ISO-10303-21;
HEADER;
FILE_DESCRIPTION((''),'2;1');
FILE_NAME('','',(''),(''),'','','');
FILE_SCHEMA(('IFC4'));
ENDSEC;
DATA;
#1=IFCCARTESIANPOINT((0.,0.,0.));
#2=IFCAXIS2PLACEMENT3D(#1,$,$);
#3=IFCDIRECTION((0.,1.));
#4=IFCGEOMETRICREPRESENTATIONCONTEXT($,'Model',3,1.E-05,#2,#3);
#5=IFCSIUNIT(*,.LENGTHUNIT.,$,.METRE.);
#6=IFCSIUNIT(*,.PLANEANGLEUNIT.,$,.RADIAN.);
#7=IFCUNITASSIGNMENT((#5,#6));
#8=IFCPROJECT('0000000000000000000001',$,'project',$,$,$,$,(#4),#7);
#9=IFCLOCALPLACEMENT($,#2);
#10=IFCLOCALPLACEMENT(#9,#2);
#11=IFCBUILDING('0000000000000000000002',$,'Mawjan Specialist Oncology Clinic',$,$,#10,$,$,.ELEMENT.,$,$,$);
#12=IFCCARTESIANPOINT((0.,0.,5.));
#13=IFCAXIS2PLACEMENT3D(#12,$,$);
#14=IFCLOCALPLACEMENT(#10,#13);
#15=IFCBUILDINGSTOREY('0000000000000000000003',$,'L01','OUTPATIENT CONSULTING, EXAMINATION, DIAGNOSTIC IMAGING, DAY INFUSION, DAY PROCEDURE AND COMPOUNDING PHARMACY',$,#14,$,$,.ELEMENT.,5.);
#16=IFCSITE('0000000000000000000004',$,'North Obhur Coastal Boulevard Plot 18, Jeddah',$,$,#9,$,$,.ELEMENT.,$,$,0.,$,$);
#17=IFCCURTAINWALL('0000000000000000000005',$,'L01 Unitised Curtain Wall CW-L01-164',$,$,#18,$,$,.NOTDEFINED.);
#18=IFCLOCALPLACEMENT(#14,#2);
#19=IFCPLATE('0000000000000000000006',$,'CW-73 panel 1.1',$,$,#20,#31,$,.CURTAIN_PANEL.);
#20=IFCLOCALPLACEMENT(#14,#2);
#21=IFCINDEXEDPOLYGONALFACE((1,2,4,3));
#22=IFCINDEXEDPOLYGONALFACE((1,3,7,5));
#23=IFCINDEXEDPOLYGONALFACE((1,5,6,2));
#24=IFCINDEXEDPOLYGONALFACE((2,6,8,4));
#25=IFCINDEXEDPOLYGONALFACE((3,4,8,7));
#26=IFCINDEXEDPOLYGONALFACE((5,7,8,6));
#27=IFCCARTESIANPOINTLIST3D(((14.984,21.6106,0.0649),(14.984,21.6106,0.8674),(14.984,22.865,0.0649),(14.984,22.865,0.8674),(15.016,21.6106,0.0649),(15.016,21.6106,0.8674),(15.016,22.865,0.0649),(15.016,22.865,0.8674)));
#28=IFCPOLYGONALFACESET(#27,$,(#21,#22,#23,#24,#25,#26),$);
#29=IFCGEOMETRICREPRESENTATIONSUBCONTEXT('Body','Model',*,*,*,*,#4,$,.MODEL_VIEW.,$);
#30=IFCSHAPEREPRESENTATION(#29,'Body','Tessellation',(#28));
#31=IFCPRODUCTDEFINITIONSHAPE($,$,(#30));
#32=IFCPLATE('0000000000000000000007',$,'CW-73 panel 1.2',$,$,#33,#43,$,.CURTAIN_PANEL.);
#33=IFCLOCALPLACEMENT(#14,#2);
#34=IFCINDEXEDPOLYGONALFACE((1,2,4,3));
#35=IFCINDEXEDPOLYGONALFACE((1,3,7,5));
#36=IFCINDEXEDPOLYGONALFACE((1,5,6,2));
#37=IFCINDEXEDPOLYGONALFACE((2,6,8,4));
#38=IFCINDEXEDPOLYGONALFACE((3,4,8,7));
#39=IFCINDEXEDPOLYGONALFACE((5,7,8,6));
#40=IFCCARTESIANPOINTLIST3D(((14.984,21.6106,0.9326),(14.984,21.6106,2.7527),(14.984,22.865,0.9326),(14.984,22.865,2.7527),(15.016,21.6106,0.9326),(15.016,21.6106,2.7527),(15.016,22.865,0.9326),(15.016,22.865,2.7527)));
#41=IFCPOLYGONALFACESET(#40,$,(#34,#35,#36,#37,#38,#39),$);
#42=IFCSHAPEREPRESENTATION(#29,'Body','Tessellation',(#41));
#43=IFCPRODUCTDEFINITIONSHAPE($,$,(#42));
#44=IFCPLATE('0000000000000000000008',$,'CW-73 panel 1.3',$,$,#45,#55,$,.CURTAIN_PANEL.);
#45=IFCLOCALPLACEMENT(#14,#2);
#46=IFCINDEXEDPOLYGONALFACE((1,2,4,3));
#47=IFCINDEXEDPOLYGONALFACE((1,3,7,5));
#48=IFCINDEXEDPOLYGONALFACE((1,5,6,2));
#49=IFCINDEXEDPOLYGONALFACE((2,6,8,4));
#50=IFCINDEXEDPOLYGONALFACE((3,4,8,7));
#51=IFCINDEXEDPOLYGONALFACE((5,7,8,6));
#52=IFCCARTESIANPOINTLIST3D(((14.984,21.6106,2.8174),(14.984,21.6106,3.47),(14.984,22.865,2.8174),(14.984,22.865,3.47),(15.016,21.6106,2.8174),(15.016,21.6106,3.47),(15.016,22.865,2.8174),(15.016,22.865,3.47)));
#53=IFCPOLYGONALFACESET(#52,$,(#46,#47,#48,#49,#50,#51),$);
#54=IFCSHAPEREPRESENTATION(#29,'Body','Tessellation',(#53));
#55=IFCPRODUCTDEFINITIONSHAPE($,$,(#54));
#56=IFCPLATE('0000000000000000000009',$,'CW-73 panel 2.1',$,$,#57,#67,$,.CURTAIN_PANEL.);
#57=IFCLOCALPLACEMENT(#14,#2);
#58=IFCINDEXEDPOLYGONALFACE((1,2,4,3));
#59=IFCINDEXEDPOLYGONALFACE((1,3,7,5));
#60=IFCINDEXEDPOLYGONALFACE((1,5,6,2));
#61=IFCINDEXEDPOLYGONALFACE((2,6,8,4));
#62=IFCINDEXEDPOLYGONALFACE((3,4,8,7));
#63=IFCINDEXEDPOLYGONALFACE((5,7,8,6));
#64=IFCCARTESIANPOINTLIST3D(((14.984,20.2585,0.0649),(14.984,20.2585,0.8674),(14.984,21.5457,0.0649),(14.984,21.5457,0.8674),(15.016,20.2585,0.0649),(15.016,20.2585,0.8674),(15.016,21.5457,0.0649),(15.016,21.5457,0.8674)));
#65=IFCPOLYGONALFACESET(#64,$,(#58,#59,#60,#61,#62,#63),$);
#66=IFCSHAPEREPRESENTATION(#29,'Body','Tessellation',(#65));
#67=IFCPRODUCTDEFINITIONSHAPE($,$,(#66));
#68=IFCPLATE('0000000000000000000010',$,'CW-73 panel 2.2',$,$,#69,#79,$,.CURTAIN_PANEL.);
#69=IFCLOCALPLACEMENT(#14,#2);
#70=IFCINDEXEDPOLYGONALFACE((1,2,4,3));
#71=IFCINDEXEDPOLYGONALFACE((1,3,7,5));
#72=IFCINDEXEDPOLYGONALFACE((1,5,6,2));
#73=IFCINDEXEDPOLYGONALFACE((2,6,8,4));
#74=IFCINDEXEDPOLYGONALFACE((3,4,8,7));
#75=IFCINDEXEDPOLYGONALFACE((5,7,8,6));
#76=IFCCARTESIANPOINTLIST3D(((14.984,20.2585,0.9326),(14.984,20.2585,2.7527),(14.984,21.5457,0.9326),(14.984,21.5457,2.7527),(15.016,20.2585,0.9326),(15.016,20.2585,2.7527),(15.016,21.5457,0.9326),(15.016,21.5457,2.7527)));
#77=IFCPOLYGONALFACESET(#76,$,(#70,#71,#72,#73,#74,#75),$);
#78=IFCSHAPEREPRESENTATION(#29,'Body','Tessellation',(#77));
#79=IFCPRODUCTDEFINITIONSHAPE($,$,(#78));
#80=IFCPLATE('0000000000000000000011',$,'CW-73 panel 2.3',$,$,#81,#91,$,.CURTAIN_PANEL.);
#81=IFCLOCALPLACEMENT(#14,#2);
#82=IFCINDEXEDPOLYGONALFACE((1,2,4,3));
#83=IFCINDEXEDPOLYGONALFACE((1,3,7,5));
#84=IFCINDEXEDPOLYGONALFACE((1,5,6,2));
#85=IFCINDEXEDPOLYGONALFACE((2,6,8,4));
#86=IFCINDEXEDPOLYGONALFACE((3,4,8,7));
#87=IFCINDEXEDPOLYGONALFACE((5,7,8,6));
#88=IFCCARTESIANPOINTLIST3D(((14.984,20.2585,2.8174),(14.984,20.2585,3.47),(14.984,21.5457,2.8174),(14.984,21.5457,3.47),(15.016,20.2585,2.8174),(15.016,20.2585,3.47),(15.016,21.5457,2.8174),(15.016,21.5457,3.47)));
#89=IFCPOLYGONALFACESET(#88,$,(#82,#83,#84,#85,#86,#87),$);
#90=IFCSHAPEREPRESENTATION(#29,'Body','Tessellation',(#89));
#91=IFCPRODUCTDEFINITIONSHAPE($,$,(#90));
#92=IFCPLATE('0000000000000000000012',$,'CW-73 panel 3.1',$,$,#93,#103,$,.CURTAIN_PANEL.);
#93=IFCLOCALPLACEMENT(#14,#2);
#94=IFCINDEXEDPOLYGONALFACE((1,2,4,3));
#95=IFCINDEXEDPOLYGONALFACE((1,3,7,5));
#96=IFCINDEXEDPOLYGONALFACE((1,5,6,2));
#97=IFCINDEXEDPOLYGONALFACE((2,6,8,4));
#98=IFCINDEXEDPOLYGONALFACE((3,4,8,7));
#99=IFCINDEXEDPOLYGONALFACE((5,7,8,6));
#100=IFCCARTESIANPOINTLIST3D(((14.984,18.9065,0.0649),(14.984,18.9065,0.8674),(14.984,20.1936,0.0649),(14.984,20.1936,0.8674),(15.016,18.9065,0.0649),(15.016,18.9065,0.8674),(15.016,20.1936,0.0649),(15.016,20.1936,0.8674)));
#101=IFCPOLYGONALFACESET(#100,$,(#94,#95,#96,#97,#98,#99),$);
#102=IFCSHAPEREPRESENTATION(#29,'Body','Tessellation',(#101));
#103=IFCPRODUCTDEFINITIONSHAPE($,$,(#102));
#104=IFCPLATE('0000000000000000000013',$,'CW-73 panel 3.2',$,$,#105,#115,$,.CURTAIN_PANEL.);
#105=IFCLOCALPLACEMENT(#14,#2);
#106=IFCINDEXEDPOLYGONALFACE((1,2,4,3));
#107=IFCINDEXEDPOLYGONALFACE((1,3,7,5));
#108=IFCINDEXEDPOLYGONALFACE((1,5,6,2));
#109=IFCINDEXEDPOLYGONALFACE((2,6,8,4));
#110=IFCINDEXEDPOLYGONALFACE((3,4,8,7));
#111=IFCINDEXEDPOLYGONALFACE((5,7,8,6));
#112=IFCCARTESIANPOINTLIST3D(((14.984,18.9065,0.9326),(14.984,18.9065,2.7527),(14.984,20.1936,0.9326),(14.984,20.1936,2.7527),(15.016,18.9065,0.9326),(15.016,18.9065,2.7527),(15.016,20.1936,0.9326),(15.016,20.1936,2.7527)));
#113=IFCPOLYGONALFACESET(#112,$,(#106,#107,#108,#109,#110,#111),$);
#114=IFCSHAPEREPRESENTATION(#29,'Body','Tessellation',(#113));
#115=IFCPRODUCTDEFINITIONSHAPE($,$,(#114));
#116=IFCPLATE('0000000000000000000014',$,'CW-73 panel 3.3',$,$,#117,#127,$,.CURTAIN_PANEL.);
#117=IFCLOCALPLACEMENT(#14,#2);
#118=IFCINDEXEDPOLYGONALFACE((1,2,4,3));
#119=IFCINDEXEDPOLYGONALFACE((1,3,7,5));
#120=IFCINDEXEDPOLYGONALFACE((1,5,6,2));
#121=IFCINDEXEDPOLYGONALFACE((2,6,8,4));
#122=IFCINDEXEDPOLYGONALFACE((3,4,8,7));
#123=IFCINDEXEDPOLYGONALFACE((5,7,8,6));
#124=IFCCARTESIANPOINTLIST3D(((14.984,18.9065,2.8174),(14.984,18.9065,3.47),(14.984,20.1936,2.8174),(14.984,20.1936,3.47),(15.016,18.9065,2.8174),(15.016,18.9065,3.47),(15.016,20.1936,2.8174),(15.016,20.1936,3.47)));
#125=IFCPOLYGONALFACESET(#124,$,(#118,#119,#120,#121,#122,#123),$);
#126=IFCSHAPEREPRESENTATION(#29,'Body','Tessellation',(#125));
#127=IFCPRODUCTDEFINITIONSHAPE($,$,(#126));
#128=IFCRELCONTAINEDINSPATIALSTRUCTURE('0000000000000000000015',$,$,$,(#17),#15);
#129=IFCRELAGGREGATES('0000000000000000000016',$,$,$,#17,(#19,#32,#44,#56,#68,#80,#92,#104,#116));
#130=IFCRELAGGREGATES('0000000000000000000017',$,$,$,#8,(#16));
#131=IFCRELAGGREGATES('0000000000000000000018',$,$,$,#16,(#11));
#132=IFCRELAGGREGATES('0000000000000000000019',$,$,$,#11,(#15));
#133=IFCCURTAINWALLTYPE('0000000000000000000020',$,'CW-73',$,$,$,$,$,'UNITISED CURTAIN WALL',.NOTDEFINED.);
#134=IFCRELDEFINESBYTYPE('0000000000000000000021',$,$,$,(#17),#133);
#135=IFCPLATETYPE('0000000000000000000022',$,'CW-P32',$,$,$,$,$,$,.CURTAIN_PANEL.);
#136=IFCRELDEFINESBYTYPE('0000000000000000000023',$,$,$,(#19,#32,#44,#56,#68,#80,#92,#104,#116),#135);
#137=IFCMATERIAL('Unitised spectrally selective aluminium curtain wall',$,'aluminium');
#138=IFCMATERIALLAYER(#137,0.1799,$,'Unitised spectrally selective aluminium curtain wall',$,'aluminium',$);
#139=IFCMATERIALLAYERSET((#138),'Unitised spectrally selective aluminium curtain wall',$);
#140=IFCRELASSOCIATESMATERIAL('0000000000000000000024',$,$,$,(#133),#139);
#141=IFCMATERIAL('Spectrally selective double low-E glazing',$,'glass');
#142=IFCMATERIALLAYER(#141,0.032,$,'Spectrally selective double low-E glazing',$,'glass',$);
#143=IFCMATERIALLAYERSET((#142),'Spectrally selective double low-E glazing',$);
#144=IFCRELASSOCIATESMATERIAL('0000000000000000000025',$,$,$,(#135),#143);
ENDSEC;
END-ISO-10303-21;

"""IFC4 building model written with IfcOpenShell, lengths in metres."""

from ifc_helpers import new_model, si_unit, direction, frame, origin, origin_2d, place, context, subcontext, project, spatial, rectangle, extrude, material, layer, layer_set, type_object, element, aggregate, save


model = new_model("IFC4")

# Units and contexts
model_context = context("Model", 3, precision=1e-05, world=origin(), true_north=direction((0.0, 1.0)))
body_context = subcontext(model_context, "Body", "Model", "MODEL_VIEW")
ifc_project = project(units=[si_unit("LENGTHUNIT", "METRE"), si_unit("PLANEANGLEUNIT", "RADIAN")], contexts=[model_context])

# Site, building, storey
site_placement = place(None, origin())
site = spatial("IfcSite", under=ifc_project, at=site_placement, Name="North Obhur Coastal Boulevard Plot 18, Jeddah", CompositionType="ELEMENT", RefElevation=0.0)
building_placement = place(site_placement, origin())
building = spatial("IfcBuilding", under=site, at=building_placement, Name="Mawjan Specialist Oncology Clinic", CompositionType="ELEMENT")
storey_placement = place(building_placement, frame((0.0, 0.0, 5.0)))
storey = spatial("IfcBuildingStorey", under=building, at=storey_placement, Name="L01", Description="OUTPATIENT CONSULTING, EXAMINATION, DIAGNOSTIC IMAGING, DAY INFUSION, DAY PROCEDURE AND COMPOUNDING PHARMACY", CompositionType="ELEMENT", Elevation=5.0)

# Shared definitions
ifc_material_1 = material(Name="Unitised spectrally selective aluminium curtain wall", Category="aluminium")
ifc_layer_1 = layer(ifc_material_1, 0.1799, Name="Unitised spectrally selective aluminium curtain wall", Category="aluminium")
ifc_layer_set_1 = layer_set([ifc_layer_1], Name="Unitised spectrally selective aluminium curtain wall")
curtain_wall_type = type_object("IfcCurtainWallType", Name="CW-73", ElementType="UNITISED CURTAIN WALL", PredefinedType="NOTDEFINED", material=ifc_layer_set_1)

# Curtain wall
curtain_wall_1_placement = place(storey_placement, origin())
curtain_wall_1 = element("IfcCurtainWall", 1, at=curtain_wall_1_placement, inside=storey, type_object=curtain_wall_type, Name="L01 Unitised Curtain Wall CW-L01-164", PredefinedType="NOTDEFINED")

# Plates
ifc_material_2 = material(Name="Spectrally selective double low-E glazing", Category="glass")
ifc_layer_2 = layer(ifc_material_2, 0.032, Name="Spectrally selective double low-E glazing", Category="glass")
ifc_layer_set_2 = layer_set([ifc_layer_2], Name="Spectrally selective double low-E glazing")
plate_type = type_object("IfcPlateType", Name="CW-P32", PredefinedType="CURTAIN_PANEL", material=ifc_layer_set_2)
plate_1_placement = place(storey_placement, frame((15.0, 22.2378, 0.0649), z_axis=(0.0, 0.0, 1.0), x_axis=(0.0, -1.0, 0.0)))
plate_1 = element("IfcPlate", 2, at=plate_1_placement, type_object=plate_type, Name="CW-73 panel 1.1", PredefinedType="CURTAIN_PANEL", context=body_context, shape_type="SweptSolid", body=[
    extrude(rectangle(XDim=1.2544, YDim=0.032, at=origin_2d()), origin(), (0.0, 0.0, 1.0), 0.8025),
])
plate_2_placement = place(storey_placement, frame((15.0, 22.2378, 0.9326), z_axis=(0.0, 0.0, 1.0), x_axis=(0.0, -1.0, 0.0)))
plate_2 = element("IfcPlate", 3, at=plate_2_placement, type_object=plate_type, Name="CW-73 panel 1.2", PredefinedType="CURTAIN_PANEL", context=body_context, shape_type="SweptSolid", body=[
    extrude(rectangle(XDim=1.2544, YDim=0.032, at=origin_2d()), origin(), (0.0, 0.0, 1.0), 1.8201),
])
plate_3_placement = place(storey_placement, frame((15.0, 22.2378, 2.8174), z_axis=(0.0, 0.0, 1.0), x_axis=(0.0, -1.0, 0.0)))
plate_3 = element("IfcPlate", 4, at=plate_3_placement, type_object=plate_type, Name="CW-73 panel 1.3", PredefinedType="CURTAIN_PANEL", context=body_context, shape_type="SweptSolid", body=[
    extrude(rectangle(XDim=1.2544, YDim=0.032, at=origin_2d()), origin(), (0.0, 0.0, 1.0), 0.6526),
])
plate_4_placement = place(storey_placement, frame((15.0, 20.9021, 0.0649), z_axis=(0.0, 0.0, 1.0), x_axis=(0.0, -1.0, 0.0)))
plate_4 = element("IfcPlate", 5, at=plate_4_placement, type_object=plate_type, Name="CW-73 panel 2.1", PredefinedType="CURTAIN_PANEL", context=body_context, shape_type="SweptSolid", body=[
    extrude(rectangle(XDim=1.2871, YDim=0.032, at=origin_2d()), origin(), (0.0, 0.0, 1.0), 0.8025),
])
plate_5_placement = place(storey_placement, frame((15.0, 20.9021, 0.9326), z_axis=(0.0, 0.0, 1.0), x_axis=(0.0, -1.0, 0.0)))
plate_5 = element("IfcPlate", 6, at=plate_5_placement, type_object=plate_type, Name="CW-73 panel 2.2", PredefinedType="CURTAIN_PANEL", context=body_context, shape_type="SweptSolid", body=[
    extrude(rectangle(XDim=1.2871, YDim=0.032, at=origin_2d()), origin(), (0.0, 0.0, 1.0), 1.8201),
])
plate_6_placement = place(storey_placement, frame((15.0, 20.9021, 2.8174), z_axis=(0.0, 0.0, 1.0), x_axis=(0.0, -1.0, 0.0)))
plate_6 = element("IfcPlate", 7, at=plate_6_placement, type_object=plate_type, Name="CW-73 panel 2.3", PredefinedType="CURTAIN_PANEL", context=body_context, shape_type="SweptSolid", body=[
    extrude(rectangle(XDim=1.2871, YDim=0.032, at=origin_2d()), origin(), (0.0, 0.0, 1.0), 0.6526),
])
plate_7_placement = place(storey_placement, frame((15.0, 19.55, 0.0649), z_axis=(0.0, 0.0, 1.0), x_axis=(0.0, -1.0, 0.0)))
plate_7 = element("IfcPlate", 8, at=plate_7_placement, type_object=plate_type, Name="CW-73 panel 3.1", PredefinedType="CURTAIN_PANEL", context=body_context, shape_type="SweptSolid", body=[
    extrude(rectangle(XDim=1.2871, YDim=0.032, at=origin_2d()), origin(), (0.0, 0.0, 1.0), 0.8025),
])
plate_8_placement = place(storey_placement, frame((15.0, 19.55, 0.9326), z_axis=(0.0, 0.0, 1.0), x_axis=(0.0, -1.0, 0.0)))
plate_8 = element("IfcPlate", 9, at=plate_8_placement, type_object=plate_type, Name="CW-73 panel 3.2", PredefinedType="CURTAIN_PANEL", context=body_context, shape_type="SweptSolid", body=[
    extrude(rectangle(XDim=1.2871, YDim=0.032, at=origin_2d()), origin(), (0.0, 0.0, 1.0), 1.8201),
])
plate_9_placement = place(storey_placement, frame((15.0, 19.55, 2.8174), z_axis=(0.0, 0.0, 1.0), x_axis=(0.0, -1.0, 0.0)))
plate_9 = element("IfcPlate", 10, at=plate_9_placement, type_object=plate_type, Name="CW-73 panel 3.3", PredefinedType="CURTAIN_PANEL", context=body_context, shape_type="SweptSolid", body=[
    extrude(rectangle(XDim=1.2871, YDim=0.032, at=origin_2d()), origin(), (0.0, 0.0, 1.0), 0.6526),
])
aggregate(curtain_wall_1, [plate_1, plate_2, plate_3, plate_4, plate_5, plate_6, plate_7, plate_8, plate_9])

save(model, "model.ifc")
